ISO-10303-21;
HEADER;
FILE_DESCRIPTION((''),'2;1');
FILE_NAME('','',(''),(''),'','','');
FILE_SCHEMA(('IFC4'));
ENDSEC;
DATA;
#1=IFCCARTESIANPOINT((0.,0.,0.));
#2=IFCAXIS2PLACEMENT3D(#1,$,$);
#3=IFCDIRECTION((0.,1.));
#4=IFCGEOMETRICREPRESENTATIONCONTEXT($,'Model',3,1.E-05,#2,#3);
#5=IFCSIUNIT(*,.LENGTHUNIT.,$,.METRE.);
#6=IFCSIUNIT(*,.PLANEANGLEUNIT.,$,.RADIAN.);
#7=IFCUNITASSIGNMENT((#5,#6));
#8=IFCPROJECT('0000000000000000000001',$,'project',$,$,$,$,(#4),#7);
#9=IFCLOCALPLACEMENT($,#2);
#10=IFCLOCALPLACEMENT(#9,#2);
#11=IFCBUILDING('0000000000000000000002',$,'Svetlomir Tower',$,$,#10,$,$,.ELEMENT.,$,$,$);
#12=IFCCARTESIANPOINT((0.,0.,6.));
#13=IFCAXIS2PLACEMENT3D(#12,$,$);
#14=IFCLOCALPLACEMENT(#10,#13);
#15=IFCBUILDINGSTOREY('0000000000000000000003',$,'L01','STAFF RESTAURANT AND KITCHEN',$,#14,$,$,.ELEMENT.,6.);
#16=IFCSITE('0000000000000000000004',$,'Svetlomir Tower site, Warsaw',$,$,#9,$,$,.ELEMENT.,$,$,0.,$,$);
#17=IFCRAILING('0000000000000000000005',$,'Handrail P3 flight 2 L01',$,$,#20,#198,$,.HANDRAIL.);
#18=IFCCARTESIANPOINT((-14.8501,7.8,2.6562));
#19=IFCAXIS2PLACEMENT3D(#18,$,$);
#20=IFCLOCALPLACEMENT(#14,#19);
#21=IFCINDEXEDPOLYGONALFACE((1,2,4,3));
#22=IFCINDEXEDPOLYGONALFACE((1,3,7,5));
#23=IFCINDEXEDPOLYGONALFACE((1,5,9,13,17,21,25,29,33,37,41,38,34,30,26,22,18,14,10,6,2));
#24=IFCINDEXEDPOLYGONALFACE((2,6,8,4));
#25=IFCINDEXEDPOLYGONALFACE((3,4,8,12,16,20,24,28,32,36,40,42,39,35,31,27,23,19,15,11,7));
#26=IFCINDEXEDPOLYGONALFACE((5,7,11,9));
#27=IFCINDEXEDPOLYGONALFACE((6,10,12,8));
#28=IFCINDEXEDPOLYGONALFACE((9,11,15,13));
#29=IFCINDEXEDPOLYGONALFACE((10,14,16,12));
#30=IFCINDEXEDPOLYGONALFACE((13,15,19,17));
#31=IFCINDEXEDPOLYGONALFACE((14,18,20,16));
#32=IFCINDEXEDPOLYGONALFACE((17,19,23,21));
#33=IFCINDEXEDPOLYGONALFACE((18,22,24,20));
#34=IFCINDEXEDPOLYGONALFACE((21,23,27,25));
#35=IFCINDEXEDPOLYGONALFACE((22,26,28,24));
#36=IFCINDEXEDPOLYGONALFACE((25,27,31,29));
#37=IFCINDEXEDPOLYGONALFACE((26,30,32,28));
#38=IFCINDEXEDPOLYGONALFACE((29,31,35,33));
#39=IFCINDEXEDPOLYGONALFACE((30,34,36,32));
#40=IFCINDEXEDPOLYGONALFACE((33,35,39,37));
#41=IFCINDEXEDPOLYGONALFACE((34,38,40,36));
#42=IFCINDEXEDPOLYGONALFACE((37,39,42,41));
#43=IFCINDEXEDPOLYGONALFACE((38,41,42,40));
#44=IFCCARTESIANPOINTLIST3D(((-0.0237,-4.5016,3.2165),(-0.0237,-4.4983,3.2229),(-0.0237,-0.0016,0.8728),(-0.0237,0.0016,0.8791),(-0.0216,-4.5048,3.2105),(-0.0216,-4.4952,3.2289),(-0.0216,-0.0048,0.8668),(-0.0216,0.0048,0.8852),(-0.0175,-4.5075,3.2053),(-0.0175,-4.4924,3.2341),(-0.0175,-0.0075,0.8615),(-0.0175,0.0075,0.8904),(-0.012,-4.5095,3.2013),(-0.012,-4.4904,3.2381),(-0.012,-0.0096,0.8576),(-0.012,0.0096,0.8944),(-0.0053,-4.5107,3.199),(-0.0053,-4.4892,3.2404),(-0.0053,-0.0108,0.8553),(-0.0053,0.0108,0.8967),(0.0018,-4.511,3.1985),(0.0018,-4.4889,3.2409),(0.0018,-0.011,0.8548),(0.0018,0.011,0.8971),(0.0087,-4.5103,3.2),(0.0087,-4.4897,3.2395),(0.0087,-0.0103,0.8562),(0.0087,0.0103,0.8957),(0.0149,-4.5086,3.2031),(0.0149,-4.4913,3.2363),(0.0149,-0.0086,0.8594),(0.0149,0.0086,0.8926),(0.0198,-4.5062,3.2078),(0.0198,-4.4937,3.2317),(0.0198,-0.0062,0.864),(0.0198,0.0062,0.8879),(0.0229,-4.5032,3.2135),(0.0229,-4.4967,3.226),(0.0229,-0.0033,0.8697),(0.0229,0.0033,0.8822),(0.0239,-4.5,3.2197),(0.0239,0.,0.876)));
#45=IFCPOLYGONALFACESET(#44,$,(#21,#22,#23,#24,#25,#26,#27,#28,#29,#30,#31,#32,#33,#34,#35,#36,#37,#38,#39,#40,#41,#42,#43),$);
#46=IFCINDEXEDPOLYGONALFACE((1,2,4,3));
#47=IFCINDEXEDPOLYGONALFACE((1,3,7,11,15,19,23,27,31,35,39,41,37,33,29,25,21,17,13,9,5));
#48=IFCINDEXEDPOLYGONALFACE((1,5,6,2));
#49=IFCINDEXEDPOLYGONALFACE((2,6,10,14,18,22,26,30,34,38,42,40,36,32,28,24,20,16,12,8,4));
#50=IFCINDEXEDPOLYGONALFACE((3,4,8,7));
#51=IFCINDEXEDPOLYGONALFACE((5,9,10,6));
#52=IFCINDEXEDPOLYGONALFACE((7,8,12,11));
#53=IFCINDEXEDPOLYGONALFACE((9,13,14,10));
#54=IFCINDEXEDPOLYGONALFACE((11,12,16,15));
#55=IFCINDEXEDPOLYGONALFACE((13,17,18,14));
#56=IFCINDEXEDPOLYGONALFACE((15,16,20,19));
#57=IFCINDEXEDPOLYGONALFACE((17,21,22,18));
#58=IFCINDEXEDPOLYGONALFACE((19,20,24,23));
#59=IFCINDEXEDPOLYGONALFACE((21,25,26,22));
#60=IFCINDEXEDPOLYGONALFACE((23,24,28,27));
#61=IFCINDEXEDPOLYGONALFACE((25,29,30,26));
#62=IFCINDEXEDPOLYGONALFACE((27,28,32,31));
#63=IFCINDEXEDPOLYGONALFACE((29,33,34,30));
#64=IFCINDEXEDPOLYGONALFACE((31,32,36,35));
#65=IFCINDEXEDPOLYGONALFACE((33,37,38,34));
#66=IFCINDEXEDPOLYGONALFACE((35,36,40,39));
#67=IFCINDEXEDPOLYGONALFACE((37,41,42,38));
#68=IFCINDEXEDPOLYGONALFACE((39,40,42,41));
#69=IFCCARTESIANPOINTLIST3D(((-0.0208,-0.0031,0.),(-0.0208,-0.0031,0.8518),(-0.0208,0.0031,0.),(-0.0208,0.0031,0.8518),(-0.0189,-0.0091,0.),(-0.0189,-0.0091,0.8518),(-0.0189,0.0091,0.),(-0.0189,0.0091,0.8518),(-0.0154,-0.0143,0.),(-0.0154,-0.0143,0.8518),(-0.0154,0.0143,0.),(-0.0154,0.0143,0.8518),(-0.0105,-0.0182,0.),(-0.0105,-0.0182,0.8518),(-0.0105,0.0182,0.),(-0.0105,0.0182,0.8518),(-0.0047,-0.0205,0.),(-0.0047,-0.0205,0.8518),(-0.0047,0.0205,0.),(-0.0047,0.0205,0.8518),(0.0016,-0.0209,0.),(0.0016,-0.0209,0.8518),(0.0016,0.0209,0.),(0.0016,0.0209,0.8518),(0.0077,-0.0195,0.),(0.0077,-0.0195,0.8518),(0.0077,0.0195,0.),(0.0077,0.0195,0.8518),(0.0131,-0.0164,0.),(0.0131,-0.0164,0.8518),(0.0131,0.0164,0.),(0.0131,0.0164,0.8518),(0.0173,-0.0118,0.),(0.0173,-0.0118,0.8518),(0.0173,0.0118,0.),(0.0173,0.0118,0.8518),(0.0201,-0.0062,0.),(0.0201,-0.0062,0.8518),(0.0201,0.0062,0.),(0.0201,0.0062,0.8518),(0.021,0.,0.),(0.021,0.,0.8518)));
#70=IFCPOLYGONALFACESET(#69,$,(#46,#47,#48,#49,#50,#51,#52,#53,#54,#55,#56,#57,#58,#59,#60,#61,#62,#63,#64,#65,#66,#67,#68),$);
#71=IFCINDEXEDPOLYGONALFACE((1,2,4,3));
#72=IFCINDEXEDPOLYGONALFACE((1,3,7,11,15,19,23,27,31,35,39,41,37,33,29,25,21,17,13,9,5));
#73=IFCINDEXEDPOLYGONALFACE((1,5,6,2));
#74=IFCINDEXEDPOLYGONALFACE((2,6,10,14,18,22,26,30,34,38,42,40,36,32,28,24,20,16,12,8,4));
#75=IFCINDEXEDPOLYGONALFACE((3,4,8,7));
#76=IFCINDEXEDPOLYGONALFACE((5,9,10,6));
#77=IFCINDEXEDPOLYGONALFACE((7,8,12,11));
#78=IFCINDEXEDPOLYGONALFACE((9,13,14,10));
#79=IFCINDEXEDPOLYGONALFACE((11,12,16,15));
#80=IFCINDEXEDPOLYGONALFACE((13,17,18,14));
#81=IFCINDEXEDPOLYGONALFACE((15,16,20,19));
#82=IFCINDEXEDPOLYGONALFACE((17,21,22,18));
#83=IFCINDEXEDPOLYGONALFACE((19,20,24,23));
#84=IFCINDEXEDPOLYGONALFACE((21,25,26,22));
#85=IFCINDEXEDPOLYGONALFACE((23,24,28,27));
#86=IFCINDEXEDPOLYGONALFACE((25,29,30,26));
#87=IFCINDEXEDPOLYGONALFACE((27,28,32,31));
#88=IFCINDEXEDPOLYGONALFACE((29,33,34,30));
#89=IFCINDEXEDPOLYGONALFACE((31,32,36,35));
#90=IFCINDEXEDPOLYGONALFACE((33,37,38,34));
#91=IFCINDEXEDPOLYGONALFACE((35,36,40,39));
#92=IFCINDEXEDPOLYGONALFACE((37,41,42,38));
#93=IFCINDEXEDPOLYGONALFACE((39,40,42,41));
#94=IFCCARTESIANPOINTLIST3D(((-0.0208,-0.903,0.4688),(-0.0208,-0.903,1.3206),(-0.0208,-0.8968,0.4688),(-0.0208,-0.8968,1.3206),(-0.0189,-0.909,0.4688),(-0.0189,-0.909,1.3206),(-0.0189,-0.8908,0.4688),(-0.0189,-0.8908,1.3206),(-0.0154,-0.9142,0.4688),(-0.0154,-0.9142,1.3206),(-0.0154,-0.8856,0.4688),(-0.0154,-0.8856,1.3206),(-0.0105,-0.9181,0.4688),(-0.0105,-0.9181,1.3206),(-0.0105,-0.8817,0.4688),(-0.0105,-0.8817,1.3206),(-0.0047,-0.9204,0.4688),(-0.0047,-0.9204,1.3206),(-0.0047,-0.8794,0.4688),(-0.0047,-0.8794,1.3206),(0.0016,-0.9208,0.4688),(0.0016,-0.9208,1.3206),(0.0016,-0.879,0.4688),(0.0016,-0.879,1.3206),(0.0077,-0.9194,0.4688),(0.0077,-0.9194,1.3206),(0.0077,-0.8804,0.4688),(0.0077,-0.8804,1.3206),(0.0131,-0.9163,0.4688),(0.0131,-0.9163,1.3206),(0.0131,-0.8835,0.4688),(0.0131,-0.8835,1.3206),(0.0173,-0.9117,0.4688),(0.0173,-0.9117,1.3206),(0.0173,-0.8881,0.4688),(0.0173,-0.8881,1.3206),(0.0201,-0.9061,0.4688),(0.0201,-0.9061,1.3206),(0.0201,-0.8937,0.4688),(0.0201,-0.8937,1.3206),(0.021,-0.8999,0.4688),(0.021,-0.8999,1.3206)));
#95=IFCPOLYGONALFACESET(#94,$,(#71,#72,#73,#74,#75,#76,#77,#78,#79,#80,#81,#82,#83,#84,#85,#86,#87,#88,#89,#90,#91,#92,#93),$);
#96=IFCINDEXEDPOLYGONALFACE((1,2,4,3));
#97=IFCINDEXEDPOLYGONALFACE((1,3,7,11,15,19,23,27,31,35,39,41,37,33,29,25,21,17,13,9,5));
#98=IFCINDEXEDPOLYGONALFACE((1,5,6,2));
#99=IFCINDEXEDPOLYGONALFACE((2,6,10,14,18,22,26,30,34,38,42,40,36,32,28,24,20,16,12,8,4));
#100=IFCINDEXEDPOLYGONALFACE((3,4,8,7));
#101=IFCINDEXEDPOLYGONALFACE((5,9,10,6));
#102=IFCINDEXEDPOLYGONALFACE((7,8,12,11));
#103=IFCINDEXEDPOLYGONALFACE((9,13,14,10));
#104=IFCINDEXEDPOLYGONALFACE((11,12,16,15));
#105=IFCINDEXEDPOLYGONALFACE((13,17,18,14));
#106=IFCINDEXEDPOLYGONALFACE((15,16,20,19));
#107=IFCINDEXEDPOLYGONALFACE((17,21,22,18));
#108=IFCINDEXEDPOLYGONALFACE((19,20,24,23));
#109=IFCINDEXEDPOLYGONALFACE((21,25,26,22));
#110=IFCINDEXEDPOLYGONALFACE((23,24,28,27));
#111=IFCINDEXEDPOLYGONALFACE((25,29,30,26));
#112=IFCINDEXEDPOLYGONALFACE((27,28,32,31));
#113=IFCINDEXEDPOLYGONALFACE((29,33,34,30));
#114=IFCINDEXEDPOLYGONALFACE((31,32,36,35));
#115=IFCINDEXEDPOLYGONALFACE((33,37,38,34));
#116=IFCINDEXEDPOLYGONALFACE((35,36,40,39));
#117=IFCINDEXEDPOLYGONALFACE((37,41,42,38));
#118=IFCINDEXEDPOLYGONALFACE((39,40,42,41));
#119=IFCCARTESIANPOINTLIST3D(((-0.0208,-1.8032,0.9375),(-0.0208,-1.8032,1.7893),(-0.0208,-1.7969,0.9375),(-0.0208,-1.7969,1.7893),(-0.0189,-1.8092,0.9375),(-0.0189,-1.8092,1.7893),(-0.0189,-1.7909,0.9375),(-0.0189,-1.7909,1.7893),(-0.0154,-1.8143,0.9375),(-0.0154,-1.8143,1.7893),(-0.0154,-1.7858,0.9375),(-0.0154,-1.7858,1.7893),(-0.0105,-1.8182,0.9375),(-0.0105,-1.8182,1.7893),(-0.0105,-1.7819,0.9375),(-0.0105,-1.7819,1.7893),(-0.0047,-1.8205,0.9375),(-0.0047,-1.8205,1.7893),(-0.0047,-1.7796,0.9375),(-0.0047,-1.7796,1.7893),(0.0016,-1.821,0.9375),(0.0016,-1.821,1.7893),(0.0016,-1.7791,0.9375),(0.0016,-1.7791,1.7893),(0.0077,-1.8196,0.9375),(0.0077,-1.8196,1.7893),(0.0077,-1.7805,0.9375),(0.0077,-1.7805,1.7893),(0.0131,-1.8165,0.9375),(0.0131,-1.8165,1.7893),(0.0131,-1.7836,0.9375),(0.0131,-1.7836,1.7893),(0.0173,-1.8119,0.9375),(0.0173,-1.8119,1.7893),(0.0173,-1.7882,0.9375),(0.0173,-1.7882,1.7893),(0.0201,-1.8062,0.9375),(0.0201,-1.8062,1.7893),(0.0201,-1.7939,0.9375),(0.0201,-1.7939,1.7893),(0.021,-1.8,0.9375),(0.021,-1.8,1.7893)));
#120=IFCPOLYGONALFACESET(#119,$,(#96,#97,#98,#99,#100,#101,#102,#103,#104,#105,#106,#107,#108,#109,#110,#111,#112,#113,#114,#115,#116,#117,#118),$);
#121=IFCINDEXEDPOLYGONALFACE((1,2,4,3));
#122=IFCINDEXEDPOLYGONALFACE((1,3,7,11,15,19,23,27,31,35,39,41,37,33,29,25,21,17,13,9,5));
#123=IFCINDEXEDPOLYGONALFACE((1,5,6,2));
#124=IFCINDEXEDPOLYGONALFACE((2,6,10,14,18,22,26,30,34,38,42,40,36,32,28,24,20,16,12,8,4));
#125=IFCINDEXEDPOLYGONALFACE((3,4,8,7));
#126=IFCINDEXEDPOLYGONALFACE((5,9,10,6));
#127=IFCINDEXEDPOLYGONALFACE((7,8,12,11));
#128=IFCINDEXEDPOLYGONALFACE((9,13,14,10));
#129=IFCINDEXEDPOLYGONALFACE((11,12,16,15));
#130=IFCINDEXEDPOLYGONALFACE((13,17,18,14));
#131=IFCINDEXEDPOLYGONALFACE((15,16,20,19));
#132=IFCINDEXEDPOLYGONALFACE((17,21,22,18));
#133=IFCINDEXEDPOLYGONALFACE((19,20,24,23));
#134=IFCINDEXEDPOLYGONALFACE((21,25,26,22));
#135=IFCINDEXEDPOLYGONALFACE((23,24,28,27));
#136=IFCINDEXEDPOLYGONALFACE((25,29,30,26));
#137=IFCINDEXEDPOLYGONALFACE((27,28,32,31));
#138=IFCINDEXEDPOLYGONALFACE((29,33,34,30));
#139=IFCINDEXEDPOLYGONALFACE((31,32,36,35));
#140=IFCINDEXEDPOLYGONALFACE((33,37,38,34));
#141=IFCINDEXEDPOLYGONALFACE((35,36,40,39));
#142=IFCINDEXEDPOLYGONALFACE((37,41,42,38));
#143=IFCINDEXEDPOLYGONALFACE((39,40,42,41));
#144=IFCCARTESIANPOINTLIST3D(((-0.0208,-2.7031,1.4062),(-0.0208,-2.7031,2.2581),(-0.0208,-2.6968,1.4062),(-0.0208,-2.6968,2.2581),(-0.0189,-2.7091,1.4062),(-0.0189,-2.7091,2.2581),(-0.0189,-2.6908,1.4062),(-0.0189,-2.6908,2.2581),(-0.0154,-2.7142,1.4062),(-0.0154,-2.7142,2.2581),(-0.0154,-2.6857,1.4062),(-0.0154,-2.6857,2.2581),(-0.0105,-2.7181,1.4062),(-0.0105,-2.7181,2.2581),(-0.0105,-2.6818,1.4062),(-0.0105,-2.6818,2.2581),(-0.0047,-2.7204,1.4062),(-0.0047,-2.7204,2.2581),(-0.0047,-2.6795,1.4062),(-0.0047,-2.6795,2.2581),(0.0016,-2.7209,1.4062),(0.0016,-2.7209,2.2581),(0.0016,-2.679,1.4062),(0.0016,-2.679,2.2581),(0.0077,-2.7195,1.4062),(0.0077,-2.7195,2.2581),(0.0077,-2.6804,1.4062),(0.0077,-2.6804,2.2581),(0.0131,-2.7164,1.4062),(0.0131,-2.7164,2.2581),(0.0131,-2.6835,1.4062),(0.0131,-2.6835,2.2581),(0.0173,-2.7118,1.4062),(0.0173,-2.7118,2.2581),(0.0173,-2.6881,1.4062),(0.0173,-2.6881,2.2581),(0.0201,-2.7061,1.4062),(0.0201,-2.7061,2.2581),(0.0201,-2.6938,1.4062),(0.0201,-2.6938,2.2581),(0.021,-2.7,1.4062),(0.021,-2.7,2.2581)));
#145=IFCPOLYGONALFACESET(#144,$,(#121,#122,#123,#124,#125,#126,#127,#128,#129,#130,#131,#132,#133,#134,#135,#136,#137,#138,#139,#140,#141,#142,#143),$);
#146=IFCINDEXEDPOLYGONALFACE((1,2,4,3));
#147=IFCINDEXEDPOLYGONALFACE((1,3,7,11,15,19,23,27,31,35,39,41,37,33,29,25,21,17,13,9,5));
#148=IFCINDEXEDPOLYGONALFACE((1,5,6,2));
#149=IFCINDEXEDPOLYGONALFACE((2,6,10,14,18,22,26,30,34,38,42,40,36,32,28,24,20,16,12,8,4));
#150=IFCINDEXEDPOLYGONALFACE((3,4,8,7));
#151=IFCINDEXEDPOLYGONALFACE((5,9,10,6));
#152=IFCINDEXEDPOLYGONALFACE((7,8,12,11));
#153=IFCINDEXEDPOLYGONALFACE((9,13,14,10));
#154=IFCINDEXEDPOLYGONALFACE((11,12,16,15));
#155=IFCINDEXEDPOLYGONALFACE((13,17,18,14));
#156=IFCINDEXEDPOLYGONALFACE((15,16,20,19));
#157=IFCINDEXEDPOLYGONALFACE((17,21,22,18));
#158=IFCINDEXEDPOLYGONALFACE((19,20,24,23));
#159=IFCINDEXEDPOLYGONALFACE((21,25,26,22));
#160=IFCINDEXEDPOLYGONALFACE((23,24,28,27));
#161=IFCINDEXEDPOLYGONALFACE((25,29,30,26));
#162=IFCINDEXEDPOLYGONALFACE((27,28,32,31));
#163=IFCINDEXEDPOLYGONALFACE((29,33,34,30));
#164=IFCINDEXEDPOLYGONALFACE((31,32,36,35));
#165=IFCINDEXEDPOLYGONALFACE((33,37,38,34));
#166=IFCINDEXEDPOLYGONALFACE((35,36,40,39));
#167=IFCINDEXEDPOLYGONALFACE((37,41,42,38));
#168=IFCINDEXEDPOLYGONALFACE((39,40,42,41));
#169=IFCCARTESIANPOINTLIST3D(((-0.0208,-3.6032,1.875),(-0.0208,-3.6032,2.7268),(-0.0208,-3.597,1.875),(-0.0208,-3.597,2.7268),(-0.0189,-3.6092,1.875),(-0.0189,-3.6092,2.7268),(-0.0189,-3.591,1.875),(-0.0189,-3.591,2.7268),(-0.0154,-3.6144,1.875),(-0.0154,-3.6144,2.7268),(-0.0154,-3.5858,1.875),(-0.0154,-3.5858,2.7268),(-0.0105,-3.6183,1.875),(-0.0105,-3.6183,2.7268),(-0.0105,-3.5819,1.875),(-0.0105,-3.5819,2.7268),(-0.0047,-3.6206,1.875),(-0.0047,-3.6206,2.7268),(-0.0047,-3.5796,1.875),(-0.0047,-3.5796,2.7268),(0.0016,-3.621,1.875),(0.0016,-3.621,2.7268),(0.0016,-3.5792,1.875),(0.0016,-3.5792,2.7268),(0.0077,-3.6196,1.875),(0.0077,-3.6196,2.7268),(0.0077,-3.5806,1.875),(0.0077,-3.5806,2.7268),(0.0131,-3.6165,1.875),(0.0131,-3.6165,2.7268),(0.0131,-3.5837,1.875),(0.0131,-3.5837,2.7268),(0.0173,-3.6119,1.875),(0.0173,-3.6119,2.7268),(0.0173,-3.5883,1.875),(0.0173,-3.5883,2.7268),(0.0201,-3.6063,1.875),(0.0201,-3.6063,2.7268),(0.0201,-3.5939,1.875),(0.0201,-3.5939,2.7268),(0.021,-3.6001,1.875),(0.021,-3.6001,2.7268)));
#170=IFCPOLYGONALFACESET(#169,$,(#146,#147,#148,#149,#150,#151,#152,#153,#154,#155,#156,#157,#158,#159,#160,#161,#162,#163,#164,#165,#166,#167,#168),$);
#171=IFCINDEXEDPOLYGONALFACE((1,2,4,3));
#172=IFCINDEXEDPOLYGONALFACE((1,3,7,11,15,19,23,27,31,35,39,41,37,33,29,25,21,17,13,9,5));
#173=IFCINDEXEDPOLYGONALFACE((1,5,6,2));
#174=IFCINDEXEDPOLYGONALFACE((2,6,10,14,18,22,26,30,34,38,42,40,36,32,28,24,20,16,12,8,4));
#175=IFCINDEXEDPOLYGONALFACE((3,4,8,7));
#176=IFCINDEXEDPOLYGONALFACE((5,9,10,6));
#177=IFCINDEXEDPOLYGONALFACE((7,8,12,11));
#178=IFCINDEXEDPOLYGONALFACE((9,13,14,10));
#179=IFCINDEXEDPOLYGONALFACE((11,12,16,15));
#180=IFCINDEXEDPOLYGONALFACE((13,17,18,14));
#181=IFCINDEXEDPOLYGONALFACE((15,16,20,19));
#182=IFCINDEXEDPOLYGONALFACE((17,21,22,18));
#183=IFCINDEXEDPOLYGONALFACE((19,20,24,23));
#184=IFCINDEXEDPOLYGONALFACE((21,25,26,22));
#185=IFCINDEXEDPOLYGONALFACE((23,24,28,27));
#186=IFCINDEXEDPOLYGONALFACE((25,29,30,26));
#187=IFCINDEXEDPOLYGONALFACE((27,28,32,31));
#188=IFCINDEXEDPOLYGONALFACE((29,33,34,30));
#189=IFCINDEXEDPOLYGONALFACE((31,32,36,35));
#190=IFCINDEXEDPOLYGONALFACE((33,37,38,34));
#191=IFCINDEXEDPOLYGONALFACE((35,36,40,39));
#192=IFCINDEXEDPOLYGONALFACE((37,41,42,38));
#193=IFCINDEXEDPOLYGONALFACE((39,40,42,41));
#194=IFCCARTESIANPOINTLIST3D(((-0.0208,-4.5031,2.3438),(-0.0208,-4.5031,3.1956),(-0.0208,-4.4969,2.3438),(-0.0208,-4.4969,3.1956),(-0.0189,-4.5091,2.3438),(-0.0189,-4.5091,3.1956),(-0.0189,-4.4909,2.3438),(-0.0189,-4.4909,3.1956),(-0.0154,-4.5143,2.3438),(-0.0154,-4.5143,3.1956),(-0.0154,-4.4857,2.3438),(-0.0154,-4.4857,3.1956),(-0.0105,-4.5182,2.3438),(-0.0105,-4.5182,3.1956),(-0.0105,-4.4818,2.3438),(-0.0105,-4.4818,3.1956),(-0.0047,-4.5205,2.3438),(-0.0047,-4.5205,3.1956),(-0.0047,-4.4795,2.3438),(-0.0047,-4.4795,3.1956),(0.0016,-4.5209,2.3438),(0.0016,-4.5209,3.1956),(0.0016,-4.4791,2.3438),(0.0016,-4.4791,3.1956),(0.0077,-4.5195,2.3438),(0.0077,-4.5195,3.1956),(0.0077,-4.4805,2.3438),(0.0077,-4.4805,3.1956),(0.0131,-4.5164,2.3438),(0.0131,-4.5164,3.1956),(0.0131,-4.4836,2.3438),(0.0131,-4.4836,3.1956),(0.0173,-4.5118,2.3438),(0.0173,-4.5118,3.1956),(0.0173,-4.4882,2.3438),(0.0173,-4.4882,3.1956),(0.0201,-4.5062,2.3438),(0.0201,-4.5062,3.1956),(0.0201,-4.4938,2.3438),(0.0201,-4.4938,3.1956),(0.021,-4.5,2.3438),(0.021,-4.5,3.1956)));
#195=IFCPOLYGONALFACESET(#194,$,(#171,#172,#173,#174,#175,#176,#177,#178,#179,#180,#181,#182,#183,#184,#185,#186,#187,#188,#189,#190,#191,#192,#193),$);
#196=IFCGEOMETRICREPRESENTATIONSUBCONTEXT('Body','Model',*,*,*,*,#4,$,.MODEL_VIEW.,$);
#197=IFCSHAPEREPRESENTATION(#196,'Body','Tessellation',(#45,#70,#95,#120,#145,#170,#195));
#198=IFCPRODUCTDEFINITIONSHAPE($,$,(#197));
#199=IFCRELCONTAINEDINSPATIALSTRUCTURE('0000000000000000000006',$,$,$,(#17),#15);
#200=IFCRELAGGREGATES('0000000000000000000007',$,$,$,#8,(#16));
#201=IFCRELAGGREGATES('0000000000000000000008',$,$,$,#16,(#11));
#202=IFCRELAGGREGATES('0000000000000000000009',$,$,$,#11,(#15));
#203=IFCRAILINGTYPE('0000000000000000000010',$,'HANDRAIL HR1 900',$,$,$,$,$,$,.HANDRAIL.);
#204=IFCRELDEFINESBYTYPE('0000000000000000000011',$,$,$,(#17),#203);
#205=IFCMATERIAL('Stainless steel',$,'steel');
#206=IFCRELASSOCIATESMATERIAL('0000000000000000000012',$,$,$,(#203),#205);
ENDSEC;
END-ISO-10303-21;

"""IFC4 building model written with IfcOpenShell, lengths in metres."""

from ifc_helpers import new_model, si_unit, direction, frame, origin, origin_2d, place, context, subcontext, project, spatial, circle, extrude, material, type_object, element, save


model = new_model("IFC4")

# Units and contexts
model_context = context("Model", 3, precision=1e-05, world=origin(), true_north=direction((0.0, 1.0)))
body_context = subcontext(model_context, "Body", "Model", "MODEL_VIEW")
ifc_project = project(units=[si_unit("LENGTHUNIT", "METRE"), si_unit("PLANEANGLEUNIT", "RADIAN")], contexts=[model_context])

# Site, building, storey
site_placement = place(None, origin())
site = spatial("IfcSite", under=ifc_project, at=site_placement, Name="Svetlomir Tower site, Warsaw", CompositionType="ELEMENT", RefElevation=0.0)
building_placement = place(site_placement, origin())
building = spatial("IfcBuilding", under=site, at=building_placement, Name="Svetlomir Tower", CompositionType="ELEMENT")
storey_placement = place(building_placement, frame((0.0, 0.0, 6.0)))
storey = spatial("IfcBuildingStorey", under=building, at=storey_placement, Name="L01", Description="STAFF RESTAURANT AND KITCHEN", CompositionType="ELEMENT", Elevation=6.0)

# Railing
ifc_material_1 = material(Name="Stainless steel", Category="steel")
railing_type = type_object("IfcRailingType", Name="HANDRAIL HR1 900", PredefinedType="HANDRAIL", material=ifc_material_1)
railing_placement = place(storey_placement, frame((-14.8501, 7.8, 2.6562)))
element("IfcRailing", 1, at=railing_placement, inside=storey, type_object=railing_type, Name="Handrail P3 flight 2 L01", PredefinedType="HANDRAIL", context=body_context, shape_type="SweptSolid", body=[
    extrude(circle(Radius=0.0239, at=origin_2d()), frame((0.0, 0.0, 0.876), z_axis=(0.0, -0.886914, 0.461934), x_axis=(1.0, 0.0, 0.0)), (0.0, 0.0, 1.0), 5.0737),
    extrude(circle(Radius=0.021, at=origin_2d()), origin(), (0.0, 0.0, 1.0), 0.8518),
    extrude(circle(Radius=0.021, at=origin_2d()), frame((0.0, -0.8999, 0.4688)), (0.0, 0.0, 1.0), 0.8518),
    extrude(circle(Radius=0.021, at=origin_2d()), frame((0.0, -1.8, 0.9375)), (0.0, 0.0, 1.0), 0.8518),
    extrude(circle(Radius=0.021, at=origin_2d()), frame((0.0, -2.7, 1.4062)), (0.0, 0.0, 1.0), 0.8518),
    extrude(circle(Radius=0.021, at=origin_2d()), frame((0.0, -3.6001, 1.875)), (0.0, 0.0, 1.0), 0.8518),
    extrude(circle(Radius=0.021, at=origin_2d()), frame((0.0, -4.5, 2.3438)), (0.0, 0.0, 1.0), 0.8518),
])

save(model, "model.ifc")
